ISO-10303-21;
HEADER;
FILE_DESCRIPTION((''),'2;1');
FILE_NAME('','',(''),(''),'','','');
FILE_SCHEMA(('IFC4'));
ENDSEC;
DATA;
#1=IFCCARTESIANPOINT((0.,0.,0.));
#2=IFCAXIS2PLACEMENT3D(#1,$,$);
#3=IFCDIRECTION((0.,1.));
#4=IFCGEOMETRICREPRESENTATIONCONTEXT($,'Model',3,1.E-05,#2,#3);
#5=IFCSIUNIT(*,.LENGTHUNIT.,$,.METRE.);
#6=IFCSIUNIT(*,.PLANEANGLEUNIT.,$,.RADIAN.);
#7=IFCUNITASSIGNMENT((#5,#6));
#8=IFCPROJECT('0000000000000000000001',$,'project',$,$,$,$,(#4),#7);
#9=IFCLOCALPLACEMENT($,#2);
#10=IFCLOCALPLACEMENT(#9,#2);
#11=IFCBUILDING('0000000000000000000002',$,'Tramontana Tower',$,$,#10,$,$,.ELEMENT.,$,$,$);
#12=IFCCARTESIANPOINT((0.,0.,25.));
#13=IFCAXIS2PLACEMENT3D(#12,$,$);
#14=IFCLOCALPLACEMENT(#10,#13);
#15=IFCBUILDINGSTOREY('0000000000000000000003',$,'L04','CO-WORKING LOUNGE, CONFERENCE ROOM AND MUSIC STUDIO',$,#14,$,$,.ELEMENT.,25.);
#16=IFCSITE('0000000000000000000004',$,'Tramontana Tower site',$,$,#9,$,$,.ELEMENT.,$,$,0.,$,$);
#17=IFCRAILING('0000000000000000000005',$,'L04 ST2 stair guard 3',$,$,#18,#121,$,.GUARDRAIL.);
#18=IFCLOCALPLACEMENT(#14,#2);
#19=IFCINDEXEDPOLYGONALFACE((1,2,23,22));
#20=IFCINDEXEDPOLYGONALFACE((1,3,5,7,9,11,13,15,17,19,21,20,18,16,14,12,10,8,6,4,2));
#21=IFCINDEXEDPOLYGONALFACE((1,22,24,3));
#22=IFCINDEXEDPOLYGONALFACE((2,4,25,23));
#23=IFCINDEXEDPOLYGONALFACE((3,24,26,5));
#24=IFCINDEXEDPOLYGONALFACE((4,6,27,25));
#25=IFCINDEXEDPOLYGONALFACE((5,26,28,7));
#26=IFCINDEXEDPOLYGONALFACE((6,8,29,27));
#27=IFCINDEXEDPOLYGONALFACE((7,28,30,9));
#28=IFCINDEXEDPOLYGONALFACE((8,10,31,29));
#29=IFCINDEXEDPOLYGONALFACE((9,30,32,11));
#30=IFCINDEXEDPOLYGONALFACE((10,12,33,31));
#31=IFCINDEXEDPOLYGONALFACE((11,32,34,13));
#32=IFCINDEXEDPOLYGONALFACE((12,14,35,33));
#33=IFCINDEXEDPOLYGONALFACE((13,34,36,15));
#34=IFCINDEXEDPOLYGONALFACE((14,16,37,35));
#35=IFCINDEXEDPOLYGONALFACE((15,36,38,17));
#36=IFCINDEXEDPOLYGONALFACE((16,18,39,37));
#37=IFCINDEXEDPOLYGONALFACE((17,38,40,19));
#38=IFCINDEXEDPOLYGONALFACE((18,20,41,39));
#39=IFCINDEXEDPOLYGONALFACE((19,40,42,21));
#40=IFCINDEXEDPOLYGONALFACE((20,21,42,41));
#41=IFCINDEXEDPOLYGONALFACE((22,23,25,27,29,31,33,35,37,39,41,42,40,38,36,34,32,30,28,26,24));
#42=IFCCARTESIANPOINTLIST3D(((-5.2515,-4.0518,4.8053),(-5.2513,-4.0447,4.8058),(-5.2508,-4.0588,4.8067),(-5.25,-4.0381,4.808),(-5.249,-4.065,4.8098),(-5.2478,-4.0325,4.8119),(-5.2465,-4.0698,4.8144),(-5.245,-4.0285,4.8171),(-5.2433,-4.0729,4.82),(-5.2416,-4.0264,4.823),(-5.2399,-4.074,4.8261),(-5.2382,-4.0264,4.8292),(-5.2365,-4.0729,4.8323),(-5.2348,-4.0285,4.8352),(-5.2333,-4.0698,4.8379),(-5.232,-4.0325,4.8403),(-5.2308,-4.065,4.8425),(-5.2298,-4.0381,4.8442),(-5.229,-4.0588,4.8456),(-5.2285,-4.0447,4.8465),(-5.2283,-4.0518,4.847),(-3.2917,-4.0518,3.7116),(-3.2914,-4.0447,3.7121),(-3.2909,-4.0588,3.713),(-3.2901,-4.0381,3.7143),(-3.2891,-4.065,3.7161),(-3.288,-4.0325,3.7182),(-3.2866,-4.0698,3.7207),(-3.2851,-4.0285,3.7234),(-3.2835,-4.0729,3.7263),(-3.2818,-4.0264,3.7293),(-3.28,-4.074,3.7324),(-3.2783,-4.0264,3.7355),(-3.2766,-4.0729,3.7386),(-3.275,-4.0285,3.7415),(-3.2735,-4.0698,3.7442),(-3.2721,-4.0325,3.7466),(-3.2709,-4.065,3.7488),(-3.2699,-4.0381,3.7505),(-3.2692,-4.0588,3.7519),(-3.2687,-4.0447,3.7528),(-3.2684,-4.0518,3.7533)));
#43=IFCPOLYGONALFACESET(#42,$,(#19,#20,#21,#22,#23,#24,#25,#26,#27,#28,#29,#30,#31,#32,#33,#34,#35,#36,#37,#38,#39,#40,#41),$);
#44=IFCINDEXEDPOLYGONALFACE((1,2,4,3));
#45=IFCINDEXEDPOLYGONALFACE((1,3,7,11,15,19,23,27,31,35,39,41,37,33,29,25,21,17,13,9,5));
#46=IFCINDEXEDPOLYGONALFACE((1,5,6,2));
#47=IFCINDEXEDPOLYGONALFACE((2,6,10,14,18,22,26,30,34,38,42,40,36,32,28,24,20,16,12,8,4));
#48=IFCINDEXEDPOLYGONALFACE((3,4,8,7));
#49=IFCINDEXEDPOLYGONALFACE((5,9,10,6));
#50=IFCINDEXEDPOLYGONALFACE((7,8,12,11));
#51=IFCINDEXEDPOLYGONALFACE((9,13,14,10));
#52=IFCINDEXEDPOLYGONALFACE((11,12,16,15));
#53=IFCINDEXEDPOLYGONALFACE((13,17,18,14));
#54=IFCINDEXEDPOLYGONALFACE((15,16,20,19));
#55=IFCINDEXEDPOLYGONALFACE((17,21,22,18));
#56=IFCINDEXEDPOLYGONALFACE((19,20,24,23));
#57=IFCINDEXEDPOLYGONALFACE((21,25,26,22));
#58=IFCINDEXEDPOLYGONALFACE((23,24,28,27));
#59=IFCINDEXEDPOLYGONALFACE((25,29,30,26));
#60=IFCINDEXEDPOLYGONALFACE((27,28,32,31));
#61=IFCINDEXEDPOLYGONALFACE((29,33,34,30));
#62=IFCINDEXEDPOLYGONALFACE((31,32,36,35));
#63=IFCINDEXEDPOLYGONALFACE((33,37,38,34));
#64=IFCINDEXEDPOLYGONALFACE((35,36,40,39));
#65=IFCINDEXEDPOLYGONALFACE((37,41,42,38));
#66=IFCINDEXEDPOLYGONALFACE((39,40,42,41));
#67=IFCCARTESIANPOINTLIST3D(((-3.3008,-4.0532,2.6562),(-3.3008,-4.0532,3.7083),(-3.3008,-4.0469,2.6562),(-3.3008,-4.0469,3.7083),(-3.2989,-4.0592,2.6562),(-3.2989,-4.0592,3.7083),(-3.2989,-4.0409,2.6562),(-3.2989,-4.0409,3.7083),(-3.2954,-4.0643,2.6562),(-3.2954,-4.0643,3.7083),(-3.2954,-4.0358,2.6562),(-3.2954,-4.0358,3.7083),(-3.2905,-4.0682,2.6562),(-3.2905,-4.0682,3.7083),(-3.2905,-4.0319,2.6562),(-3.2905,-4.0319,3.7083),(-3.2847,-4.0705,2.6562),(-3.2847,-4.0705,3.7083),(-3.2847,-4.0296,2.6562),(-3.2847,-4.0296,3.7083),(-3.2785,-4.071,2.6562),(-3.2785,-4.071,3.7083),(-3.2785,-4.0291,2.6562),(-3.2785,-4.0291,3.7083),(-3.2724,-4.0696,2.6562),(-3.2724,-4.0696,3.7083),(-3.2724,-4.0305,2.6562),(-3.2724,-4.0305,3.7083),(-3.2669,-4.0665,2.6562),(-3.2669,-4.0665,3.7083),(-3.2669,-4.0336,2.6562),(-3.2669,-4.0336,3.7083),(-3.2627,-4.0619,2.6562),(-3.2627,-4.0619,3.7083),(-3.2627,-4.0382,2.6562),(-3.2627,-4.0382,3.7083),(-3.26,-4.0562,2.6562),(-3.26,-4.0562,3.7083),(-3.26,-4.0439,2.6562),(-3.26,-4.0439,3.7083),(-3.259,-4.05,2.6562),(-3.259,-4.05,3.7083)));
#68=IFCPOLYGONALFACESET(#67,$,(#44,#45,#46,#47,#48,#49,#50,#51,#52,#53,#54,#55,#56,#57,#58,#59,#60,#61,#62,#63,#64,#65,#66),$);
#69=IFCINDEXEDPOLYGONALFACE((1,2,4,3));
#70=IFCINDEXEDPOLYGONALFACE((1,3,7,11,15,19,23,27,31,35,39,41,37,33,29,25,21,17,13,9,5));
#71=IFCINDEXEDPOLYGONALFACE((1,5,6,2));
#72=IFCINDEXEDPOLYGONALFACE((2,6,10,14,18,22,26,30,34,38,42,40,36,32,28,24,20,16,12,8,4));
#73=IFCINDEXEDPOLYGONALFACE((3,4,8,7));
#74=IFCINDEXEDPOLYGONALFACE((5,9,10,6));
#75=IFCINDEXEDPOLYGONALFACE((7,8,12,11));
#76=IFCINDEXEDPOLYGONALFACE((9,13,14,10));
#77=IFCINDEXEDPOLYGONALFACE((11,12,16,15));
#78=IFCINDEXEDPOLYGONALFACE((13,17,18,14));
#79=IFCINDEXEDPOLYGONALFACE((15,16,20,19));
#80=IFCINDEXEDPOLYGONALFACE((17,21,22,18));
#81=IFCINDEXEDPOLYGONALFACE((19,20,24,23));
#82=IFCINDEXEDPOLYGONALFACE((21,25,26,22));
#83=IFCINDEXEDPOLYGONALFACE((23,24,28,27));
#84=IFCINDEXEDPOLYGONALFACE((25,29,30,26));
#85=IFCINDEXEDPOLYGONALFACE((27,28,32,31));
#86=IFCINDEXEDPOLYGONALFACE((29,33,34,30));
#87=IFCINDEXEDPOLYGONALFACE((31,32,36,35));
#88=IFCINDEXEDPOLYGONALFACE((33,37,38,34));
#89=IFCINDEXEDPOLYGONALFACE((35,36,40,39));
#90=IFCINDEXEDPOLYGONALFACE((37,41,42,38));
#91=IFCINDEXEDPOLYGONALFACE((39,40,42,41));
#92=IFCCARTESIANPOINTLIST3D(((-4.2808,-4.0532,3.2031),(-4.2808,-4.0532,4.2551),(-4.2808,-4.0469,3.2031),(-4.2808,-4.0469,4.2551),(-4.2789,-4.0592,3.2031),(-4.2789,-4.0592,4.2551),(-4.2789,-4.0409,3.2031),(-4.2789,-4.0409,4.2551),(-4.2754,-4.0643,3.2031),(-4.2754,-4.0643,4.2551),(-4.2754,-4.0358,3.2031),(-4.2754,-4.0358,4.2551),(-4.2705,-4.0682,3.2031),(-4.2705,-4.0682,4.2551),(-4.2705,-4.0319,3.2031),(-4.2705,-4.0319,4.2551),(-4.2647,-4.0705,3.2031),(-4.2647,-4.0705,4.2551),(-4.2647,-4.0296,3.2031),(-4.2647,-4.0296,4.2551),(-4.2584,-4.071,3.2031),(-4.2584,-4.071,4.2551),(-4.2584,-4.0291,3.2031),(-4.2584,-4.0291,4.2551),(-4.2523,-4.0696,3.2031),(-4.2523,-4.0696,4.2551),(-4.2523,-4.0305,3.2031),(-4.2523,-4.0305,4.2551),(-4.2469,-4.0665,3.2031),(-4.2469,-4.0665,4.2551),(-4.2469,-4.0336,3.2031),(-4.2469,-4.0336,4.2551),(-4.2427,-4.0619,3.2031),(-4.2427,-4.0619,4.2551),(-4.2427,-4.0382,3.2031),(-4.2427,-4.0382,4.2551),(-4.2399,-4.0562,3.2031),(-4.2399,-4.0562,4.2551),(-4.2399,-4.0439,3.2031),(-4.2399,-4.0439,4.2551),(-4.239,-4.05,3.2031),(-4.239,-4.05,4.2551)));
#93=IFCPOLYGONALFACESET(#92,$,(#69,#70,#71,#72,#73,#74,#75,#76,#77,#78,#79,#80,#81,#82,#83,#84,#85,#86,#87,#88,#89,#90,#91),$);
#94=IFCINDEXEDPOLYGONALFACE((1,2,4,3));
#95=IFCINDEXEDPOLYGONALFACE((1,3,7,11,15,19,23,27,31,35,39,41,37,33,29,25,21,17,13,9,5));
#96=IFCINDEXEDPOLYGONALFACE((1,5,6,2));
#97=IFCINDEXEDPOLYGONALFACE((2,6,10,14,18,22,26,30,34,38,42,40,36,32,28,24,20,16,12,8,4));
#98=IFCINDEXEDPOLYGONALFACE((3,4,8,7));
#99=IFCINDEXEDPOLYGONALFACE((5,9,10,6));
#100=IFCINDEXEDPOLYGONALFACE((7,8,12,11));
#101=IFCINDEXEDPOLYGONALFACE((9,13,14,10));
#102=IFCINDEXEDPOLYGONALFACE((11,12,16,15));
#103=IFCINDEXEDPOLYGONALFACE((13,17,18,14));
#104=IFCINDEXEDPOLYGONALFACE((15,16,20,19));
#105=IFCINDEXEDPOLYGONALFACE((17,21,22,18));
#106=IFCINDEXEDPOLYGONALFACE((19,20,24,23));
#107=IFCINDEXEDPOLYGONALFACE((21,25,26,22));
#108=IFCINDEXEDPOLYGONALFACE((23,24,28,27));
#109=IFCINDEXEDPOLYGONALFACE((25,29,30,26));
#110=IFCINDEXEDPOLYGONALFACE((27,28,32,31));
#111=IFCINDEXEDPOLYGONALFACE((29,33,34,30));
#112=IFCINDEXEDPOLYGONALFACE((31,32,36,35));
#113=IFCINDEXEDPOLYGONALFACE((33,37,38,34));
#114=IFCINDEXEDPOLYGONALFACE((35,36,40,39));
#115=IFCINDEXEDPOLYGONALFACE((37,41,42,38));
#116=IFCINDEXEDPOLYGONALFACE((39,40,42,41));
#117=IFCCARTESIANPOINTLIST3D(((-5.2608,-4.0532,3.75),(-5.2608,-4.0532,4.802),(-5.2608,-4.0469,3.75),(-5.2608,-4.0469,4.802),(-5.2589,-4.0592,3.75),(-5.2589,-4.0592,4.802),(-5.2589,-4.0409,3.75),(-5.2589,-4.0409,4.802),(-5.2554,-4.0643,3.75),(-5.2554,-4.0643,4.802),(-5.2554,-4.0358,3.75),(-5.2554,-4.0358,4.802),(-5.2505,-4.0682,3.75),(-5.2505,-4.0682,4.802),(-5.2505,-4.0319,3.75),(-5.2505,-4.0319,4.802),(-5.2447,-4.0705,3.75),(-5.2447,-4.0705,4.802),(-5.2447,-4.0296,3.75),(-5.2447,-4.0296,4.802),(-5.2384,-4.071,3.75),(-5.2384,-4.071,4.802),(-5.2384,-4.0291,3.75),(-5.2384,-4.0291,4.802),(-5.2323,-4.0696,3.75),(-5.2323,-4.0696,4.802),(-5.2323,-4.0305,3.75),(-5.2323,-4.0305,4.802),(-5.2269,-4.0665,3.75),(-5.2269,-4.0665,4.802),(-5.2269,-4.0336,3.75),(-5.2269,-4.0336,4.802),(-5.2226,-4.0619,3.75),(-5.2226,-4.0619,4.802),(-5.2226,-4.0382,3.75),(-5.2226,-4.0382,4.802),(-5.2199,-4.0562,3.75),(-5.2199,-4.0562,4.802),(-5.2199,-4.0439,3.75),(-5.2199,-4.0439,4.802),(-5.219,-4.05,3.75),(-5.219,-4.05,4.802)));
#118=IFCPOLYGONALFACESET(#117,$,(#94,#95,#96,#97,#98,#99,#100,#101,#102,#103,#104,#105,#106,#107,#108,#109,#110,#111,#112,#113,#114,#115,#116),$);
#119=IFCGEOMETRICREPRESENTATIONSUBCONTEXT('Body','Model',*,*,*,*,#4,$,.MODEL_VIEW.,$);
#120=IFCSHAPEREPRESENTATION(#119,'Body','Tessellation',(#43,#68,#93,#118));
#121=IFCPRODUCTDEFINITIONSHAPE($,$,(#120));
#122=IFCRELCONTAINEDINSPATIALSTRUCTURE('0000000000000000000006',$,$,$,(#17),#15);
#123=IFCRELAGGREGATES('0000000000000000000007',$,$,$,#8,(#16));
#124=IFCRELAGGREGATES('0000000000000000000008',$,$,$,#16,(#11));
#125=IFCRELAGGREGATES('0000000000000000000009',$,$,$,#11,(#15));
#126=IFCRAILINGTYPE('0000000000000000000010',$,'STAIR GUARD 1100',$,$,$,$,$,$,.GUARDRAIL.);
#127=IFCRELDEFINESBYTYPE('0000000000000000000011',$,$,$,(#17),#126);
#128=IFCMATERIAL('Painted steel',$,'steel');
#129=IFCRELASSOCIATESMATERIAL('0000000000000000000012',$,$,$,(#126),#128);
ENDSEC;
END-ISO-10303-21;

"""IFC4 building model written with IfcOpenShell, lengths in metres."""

from ifc_helpers import new_model, si_unit, direction, frame, origin, origin_2d, place, context, subcontext, project, spatial, circle, extrude, material, type_object, element, save


model = new_model("IFC4")

# Units and contexts
model_context = context("Model", 3, precision=1e-05, world=origin(), true_north=direction((0.0, 1.0)))
body_context = subcontext(model_context, "Body", "Model", "MODEL_VIEW")
ifc_project = project(units=[si_unit("LENGTHUNIT", "METRE"), si_unit("PLANEANGLEUNIT", "RADIAN")], contexts=[model_context])

# Site, building, storey
site_placement = place(None, origin())
site = spatial("IfcSite", under=ifc_project, at=site_placement, Name="Tramontana Tower site", CompositionType="ELEMENT", RefElevation=0.0)
building_placement = place(site_placement, origin())
building = spatial("IfcBuilding", under=site, at=building_placement, Name="Tramontana Tower", CompositionType="ELEMENT")
storey_placement = place(building_placement, frame((0.0, 0.0, 25.0)))
storey = spatial("IfcBuildingStorey", under=building, at=storey_placement, Name="L04", Description="CO-WORKING LOUNGE, CONFERENCE ROOM AND MUSIC STUDIO", CompositionType="ELEMENT", Elevation=25.0)

# Railing
ifc_material_1 = material(Name="Painted steel", Category="steel")
railing_type_1 = type_object("IfcRailingType", Name="STAIR GUARD 1100", PredefinedType="GUARDRAIL", material=ifc_material_1)
railing_1_placement = place(storey_placement, frame((-3.28, -4.05, 2.6562)))
element("IfcRailing", 1, at=railing_1_placement, inside=storey, type_object=railing_type_1, Name="L04 ST2 stair guard 3", PredefinedType="GUARDRAIL", context=body_context, shape_type="SweptSolid", body=[
    extrude(circle(Radius=0.0239, at=origin_2d()), frame((0.0, 0.0, 1.0762), z_axis=(-0.873232, 0.0, 0.487304), x_axis=(0.0, -1.0, 0.0)), (0.0, 0.0, 1.0), 2.2444),
    extrude(circle(Radius=0.021, at=origin_2d()), origin(), (0.0, 0.0, 1.0), 1.052),
    extrude(circle(Radius=0.021, at=origin_2d()), frame((-0.98, 0.0, 0.5469)), (0.0, 0.0, 1.0), 1.052),
    extrude(circle(Radius=0.021, at=origin_2d()), frame((-1.96, 0.0, 1.0938)), (0.0, 0.0, 1.0), 1.052),
])

save(model, "model.ifc")
